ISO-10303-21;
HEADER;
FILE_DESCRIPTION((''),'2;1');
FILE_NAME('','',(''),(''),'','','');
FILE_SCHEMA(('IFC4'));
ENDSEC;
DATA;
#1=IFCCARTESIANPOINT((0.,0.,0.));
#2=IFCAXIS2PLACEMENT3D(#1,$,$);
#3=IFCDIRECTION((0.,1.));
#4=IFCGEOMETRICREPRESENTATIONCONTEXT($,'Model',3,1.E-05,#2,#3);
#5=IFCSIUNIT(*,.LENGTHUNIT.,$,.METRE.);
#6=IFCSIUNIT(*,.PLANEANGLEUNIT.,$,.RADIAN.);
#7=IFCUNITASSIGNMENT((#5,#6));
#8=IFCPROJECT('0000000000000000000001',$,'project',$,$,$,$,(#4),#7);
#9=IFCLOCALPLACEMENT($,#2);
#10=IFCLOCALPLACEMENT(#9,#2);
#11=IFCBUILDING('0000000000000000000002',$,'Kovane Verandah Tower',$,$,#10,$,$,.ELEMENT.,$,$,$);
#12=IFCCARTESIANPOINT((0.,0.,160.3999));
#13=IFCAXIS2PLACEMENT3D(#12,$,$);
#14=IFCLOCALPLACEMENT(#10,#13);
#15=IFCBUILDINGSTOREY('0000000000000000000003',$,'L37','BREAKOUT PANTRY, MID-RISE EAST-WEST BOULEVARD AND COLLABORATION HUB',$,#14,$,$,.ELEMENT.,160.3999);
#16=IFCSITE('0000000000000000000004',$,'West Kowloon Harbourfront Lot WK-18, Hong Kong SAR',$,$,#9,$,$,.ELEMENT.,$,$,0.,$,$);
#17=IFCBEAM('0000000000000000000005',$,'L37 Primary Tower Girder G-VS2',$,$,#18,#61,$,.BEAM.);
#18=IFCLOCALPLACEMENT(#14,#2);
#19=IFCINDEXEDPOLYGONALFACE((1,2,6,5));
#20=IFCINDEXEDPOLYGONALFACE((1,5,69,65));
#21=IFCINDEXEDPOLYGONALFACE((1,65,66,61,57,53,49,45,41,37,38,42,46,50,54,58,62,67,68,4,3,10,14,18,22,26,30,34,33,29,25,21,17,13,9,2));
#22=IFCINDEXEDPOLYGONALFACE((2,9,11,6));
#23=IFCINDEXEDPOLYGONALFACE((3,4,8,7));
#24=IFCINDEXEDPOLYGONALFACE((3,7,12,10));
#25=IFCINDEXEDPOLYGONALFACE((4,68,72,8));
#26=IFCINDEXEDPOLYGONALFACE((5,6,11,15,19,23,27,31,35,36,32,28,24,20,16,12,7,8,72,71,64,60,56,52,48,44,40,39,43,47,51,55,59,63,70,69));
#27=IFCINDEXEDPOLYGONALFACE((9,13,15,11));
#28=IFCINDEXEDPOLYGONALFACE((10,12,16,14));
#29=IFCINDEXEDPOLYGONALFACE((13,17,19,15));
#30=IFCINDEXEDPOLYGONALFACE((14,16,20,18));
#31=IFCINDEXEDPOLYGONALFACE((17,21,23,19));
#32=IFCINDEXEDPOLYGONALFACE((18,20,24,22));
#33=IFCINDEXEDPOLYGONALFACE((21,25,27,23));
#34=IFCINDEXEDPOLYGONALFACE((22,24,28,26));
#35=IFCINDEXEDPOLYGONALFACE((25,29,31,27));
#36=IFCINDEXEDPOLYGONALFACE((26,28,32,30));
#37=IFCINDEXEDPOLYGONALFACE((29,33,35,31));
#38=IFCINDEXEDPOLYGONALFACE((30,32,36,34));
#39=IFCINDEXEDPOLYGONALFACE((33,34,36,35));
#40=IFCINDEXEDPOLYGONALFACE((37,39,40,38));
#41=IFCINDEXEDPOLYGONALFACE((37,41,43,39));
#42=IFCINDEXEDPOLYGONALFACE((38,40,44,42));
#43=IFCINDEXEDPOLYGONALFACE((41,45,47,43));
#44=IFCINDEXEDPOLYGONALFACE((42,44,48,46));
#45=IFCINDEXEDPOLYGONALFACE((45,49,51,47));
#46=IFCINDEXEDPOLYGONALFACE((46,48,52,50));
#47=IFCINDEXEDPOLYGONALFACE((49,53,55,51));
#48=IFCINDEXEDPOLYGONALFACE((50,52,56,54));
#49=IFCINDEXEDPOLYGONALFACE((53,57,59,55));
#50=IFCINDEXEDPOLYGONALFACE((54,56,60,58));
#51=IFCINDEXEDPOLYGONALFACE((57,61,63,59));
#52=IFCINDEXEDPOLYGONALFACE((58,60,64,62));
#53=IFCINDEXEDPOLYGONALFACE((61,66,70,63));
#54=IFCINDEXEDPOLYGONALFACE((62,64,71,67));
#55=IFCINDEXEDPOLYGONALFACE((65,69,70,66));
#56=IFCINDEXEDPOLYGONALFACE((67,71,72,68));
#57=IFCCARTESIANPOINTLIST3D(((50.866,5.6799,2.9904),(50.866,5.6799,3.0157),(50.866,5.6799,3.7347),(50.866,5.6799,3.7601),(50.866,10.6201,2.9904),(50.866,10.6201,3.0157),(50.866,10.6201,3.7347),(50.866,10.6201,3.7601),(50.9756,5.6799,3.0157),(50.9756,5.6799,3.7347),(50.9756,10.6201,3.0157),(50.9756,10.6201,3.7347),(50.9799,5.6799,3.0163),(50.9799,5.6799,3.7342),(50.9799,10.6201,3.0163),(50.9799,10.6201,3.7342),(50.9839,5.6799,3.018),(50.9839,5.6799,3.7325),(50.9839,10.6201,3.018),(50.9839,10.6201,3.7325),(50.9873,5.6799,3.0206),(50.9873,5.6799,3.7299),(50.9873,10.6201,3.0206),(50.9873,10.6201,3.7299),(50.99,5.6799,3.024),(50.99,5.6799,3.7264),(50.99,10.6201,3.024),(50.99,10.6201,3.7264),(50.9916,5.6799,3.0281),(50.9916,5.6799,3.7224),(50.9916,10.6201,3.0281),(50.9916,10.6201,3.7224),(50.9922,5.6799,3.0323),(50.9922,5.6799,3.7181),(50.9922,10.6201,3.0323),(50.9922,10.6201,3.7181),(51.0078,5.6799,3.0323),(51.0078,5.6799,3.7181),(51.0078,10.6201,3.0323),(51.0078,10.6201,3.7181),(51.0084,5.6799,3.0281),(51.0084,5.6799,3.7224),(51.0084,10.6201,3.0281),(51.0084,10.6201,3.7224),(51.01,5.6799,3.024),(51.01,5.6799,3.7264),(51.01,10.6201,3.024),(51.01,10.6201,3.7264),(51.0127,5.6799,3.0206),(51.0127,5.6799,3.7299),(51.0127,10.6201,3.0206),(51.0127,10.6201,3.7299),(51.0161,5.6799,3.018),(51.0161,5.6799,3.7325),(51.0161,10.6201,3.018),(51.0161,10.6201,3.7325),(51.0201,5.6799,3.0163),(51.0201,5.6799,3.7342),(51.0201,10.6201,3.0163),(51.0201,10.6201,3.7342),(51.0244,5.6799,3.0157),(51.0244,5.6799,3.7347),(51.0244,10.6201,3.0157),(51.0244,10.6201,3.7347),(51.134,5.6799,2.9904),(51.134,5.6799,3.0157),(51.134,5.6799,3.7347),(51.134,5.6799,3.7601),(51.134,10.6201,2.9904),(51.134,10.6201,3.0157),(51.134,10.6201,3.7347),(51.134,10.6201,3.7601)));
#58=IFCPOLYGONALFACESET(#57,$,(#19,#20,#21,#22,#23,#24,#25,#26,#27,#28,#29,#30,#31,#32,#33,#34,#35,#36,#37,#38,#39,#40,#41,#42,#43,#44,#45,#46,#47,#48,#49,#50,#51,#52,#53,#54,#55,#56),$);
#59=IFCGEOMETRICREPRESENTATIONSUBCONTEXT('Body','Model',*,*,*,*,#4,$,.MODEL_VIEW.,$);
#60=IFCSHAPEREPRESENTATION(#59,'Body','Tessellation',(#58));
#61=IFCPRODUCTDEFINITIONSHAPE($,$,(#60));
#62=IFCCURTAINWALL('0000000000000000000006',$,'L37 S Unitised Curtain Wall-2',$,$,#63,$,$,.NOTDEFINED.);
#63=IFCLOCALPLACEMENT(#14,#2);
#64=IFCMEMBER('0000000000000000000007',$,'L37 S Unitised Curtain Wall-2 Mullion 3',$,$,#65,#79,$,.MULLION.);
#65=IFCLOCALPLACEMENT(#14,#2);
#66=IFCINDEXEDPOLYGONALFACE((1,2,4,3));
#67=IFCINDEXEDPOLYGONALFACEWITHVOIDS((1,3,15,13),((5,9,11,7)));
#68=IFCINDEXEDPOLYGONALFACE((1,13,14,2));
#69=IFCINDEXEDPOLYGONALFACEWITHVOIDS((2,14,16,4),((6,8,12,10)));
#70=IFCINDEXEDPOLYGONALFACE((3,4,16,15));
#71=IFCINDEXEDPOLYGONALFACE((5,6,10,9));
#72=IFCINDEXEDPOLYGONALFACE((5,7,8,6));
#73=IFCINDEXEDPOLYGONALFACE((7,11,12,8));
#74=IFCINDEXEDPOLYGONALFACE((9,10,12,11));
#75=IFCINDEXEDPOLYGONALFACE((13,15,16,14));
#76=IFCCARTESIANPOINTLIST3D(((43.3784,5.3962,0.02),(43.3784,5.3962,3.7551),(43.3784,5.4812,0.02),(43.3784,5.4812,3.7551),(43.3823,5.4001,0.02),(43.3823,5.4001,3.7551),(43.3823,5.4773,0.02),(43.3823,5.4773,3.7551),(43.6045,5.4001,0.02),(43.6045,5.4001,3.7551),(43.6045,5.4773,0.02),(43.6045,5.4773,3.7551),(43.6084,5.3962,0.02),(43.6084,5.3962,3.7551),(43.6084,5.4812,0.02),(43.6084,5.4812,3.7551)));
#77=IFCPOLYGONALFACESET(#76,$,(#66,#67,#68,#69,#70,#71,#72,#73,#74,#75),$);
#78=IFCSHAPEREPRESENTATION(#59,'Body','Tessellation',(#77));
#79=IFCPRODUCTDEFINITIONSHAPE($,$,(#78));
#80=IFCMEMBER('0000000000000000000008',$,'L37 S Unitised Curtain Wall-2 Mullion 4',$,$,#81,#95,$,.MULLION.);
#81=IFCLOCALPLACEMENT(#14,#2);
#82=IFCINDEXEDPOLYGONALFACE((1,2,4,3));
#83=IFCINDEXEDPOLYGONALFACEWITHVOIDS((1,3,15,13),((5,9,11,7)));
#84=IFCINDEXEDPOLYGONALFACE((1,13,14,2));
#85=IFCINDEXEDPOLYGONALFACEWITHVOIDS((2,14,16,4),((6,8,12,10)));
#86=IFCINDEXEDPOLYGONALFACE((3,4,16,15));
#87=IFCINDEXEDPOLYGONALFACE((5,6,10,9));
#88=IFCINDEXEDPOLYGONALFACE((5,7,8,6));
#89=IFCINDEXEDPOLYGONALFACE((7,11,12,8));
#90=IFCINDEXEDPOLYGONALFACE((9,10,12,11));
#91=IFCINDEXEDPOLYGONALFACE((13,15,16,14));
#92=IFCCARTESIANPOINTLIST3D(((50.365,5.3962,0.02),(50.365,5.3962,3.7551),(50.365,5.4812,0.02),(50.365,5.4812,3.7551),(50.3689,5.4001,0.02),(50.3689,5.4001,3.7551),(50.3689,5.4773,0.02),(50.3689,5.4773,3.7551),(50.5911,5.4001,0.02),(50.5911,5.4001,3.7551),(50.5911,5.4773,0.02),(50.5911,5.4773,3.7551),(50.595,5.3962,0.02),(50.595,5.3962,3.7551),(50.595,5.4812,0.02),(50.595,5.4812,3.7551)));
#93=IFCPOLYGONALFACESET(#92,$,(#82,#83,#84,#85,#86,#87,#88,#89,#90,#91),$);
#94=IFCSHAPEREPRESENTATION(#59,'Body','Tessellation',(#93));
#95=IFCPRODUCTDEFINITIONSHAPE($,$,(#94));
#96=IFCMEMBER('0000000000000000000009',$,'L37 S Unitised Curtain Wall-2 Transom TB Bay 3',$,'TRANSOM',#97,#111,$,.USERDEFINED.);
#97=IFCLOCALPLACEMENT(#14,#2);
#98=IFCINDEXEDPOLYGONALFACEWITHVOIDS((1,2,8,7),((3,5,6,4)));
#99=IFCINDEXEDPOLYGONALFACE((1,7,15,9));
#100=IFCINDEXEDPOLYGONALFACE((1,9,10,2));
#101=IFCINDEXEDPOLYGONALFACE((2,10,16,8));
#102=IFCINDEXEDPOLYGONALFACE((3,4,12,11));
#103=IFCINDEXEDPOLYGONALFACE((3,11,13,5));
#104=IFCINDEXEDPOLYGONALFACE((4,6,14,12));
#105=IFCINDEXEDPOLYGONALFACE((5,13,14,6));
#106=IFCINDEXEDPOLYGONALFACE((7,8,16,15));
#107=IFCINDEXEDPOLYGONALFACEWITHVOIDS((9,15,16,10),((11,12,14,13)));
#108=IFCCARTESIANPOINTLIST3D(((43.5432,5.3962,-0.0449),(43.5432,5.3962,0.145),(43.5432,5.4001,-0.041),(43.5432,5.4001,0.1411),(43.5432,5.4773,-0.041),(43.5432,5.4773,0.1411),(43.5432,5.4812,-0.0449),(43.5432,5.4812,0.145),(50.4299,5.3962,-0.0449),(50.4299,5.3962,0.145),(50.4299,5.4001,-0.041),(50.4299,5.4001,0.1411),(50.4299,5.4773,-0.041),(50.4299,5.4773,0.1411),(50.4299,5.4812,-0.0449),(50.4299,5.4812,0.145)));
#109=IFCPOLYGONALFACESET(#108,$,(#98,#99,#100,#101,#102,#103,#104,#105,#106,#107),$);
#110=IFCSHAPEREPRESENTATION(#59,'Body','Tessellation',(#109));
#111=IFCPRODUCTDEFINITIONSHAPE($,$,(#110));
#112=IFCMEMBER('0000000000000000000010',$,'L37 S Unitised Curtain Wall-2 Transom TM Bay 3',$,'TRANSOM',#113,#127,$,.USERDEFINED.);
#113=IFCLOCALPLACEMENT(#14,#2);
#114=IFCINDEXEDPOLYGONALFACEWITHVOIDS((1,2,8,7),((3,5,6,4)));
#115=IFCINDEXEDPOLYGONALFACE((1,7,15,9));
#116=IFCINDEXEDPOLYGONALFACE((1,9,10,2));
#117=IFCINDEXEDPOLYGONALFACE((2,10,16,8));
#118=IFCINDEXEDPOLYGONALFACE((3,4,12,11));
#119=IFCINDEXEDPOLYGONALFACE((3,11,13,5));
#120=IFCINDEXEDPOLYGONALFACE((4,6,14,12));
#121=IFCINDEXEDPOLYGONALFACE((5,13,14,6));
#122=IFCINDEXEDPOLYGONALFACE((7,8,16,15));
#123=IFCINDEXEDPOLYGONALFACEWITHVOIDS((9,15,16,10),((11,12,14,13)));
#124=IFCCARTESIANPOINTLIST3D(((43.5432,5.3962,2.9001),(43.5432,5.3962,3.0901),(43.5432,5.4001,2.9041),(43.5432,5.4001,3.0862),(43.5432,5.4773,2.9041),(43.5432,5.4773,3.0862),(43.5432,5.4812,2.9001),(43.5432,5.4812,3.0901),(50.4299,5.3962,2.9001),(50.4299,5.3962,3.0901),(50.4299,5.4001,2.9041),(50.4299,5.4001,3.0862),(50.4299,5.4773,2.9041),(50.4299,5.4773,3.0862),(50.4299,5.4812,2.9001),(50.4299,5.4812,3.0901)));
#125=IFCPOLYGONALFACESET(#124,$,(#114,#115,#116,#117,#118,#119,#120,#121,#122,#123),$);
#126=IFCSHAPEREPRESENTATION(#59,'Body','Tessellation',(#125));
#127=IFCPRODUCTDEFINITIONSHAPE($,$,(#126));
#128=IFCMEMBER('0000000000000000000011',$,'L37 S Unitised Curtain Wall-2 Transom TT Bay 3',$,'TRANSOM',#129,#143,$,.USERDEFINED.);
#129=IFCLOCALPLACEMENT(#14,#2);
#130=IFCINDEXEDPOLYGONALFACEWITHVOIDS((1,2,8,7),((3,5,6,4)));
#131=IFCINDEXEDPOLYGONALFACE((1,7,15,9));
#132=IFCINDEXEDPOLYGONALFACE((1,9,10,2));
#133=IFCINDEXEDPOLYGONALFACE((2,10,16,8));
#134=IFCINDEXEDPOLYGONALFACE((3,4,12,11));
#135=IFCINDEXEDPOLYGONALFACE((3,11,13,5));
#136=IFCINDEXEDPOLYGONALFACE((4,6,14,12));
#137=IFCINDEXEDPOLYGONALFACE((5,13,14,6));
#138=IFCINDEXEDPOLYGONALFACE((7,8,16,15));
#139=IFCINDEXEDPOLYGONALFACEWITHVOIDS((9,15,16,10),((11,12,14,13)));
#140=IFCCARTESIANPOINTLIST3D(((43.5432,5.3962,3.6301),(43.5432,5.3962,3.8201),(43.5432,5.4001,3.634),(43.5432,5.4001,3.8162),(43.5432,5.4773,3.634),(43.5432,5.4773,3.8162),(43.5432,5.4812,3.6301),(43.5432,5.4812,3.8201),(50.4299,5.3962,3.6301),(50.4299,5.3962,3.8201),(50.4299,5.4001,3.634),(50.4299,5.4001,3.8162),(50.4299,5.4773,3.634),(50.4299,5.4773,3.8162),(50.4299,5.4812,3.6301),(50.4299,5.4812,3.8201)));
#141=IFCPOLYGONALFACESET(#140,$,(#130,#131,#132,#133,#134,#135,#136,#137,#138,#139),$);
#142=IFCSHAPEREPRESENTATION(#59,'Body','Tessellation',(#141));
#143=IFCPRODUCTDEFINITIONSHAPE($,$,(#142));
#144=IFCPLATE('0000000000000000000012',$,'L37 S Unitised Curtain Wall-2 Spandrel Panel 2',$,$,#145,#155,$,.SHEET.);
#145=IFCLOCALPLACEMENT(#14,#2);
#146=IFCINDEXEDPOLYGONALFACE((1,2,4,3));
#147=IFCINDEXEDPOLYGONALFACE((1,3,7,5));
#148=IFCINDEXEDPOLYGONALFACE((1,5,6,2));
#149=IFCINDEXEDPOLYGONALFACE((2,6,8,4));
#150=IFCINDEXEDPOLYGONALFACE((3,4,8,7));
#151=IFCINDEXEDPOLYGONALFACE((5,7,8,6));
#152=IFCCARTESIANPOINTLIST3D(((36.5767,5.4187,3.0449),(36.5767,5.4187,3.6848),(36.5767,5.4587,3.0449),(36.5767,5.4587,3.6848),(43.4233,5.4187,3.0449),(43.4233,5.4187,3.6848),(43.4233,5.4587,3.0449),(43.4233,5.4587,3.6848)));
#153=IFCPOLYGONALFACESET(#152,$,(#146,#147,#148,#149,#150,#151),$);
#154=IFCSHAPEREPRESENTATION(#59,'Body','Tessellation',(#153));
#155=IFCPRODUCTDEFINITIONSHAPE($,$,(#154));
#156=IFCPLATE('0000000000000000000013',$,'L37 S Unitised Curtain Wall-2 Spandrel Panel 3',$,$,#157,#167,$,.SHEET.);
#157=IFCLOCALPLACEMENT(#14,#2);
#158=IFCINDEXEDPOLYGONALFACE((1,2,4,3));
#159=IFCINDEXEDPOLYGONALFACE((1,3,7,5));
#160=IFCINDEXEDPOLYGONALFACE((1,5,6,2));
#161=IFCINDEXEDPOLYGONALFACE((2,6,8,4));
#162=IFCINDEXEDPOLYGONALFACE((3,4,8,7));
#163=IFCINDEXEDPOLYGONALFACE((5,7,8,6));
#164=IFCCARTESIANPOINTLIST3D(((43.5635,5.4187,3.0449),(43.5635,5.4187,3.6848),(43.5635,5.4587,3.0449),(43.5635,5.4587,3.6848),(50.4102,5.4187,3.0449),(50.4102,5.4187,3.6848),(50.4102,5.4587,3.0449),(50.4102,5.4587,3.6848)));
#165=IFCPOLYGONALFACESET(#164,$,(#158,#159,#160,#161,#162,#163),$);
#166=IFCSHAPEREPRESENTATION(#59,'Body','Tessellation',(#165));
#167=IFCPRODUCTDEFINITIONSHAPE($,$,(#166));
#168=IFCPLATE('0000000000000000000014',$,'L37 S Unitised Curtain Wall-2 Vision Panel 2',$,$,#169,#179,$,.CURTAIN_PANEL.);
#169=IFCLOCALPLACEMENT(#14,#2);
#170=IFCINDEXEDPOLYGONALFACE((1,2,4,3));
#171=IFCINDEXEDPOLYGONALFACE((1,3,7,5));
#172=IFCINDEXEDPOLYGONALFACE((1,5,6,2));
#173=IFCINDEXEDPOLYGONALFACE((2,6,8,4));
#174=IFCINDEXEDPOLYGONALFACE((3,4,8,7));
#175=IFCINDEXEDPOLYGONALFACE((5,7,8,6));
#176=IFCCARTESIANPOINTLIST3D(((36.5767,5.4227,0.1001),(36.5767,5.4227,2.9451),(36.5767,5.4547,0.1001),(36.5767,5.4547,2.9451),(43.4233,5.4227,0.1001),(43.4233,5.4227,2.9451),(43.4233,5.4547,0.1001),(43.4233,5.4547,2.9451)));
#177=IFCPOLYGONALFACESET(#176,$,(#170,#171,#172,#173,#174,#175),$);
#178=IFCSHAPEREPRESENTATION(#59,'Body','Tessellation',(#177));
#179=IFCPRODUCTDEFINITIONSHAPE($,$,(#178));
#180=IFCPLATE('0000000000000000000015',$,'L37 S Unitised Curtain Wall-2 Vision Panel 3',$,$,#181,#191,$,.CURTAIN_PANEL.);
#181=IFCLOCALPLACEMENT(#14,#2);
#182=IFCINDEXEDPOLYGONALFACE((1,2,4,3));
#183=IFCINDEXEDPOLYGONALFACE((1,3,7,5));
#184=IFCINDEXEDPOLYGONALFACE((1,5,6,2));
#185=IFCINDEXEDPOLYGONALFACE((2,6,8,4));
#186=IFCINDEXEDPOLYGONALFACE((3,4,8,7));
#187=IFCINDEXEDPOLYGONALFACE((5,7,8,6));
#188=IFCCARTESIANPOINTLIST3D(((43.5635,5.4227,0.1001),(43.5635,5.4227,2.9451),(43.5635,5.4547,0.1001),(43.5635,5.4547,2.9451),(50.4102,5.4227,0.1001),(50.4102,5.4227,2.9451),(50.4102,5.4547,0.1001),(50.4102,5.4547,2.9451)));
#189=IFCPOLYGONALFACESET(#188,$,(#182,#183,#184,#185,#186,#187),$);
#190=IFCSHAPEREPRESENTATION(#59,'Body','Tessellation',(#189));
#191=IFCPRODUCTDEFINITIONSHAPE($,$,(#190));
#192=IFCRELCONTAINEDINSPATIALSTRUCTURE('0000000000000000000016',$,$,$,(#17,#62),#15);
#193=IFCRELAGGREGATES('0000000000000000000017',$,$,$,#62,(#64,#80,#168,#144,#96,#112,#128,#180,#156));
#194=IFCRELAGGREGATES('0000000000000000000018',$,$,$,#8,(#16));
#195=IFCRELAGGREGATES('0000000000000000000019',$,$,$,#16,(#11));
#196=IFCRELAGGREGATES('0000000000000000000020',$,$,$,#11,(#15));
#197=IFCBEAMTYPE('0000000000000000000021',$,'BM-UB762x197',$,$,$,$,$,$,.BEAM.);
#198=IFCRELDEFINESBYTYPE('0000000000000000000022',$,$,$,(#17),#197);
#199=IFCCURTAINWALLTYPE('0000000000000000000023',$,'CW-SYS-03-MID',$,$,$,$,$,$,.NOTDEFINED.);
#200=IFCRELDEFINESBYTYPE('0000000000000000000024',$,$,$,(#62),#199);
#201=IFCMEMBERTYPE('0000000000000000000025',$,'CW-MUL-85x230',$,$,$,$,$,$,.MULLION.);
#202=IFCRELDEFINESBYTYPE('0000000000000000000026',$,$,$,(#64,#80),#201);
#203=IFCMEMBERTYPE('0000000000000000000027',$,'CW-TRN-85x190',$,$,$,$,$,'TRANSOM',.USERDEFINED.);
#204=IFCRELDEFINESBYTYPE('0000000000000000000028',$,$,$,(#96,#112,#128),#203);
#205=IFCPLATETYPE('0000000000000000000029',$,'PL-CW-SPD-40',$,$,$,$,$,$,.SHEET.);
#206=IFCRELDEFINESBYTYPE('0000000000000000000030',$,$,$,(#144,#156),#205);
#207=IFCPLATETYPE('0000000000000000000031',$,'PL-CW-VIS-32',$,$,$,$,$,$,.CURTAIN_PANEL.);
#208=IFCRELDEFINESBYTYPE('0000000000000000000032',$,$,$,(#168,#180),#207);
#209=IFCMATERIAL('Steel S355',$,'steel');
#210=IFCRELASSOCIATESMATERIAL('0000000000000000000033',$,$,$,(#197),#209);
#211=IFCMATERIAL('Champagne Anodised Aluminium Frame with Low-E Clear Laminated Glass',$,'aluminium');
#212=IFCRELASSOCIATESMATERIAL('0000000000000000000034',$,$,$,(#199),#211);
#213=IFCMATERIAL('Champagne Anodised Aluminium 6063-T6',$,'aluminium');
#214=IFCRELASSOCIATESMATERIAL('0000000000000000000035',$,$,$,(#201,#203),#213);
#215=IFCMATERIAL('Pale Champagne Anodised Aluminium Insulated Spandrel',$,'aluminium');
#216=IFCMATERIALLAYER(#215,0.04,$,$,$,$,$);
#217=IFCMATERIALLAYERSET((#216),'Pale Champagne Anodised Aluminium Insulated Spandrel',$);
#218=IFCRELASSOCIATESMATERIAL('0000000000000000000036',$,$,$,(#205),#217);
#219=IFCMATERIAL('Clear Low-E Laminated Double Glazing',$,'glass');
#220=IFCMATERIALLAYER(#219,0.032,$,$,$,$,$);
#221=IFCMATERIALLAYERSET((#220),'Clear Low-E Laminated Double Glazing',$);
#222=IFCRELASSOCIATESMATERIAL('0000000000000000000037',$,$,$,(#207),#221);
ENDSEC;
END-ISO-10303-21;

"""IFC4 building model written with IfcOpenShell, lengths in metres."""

from ifc_helpers import new_model, si_unit, direction, frame, origin, origin_2d, place, context, subcontext, project, spatial, rectangle, hollow_rectangle, i_section, extrude, material, layer, layer_set, material_profile, profile_set, type_object, element, aggregate, save


model = new_model("IFC4")

# Units and contexts
model_context = context("Model", 3, precision=1e-05, world=origin(), true_north=direction((0.0, 1.0)))
body_context = subcontext(model_context, "Body", "Model", "MODEL_VIEW")
ifc_project = project(units=[si_unit("LENGTHUNIT", "METRE"), si_unit("PLANEANGLEUNIT", "RADIAN")], contexts=[model_context])

# Site, building, storey
site_placement = place(None, origin())
site = spatial("IfcSite", under=ifc_project, at=site_placement, Name="West Kowloon Harbourfront Lot WK-18, Hong Kong SAR", CompositionType="ELEMENT", RefElevation=0.0)
building_placement = place(site_placement, origin())
building = spatial("IfcBuilding", under=site, at=building_placement, Name="Kovane Verandah Tower", CompositionType="ELEMENT")
storey_placement = place(building_placement, frame((0.0, 0.0, 160.3999)))
storey = spatial("IfcBuildingStorey", under=building, at=storey_placement, Name="L37", Description="BREAKOUT PANTRY, MID-RISE EAST-WEST BOULEVARD AND COLLABORATION HUB", CompositionType="ELEMENT", Elevation=160.3999)

# Beam
ifc_material_1 = material(Name="Steel S355", Category="steel")
ifc_material_profile_1 = material_profile(ifc_material_1, i_section(OverallWidth=0.2681, OverallDepth=0.7698, WebThickness=0.0156, FlangeThickness=0.0254, FilletRadius=0.0166, at=origin_2d()), Name="UB762x267x197")
ifc_profile_set_1 = profile_set([ifc_material_profile_1], Name="Steel S355")
beam_type = type_object("IfcBeamType", Name="BM-UB762x197", PredefinedType="BEAM", material=ifc_profile_set_1)
beam_1_placement = place(storey_placement, frame((51.0, 10.6201, 3.3752), z_axis=(0.0, -1.0, 0.0), x_axis=(1.0, 0.0, 0.0)))
element("IfcBeam", 1, at=beam_1_placement, inside=storey, type_object=beam_type, Name="L37 Primary Tower Girder G-VS2", PredefinedType="BEAM", context=body_context, shape_type="SweptSolid", body=[
    extrude(i_section(OverallWidth=0.2681, OverallDepth=0.7698, WebThickness=0.0156, FlangeThickness=0.0254, FilletRadius=0.0166, at=origin_2d()), origin(), (0.0, 0.0, 1.0), 4.9402),
])

# Curtain wall, members, plates
ifc_material_2 = material(Name="Champagne Anodised Aluminium Frame with Low-E Clear Laminated Glass", Category="aluminium")
curtain_wall_type = type_object("IfcCurtainWallType", Name="CW-SYS-03-MID", PredefinedType="NOTDEFINED", material=ifc_material_2)
curtain_wall_placement = place(storey_placement, origin())
curtain_wall = element("IfcCurtainWall", 2, at=curtain_wall_placement, inside=storey, type_object=curtain_wall_type, Name="L37 S Unitised Curtain Wall-2", PredefinedType="NOTDEFINED")
ifc_material_3 = material(Name="Champagne Anodised Aluminium 6063-T6", Category="aluminium")
ifc_material_profile_2 = material_profile(ifc_material_3, hollow_rectangle(XDim=0.085, YDim=0.23, WallThickness=0.0039, at=origin_2d()), Name="AL85x230x4")
ifc_profile_set_2 = profile_set([ifc_material_profile_2], Name="Champagne Anodised Aluminium 6063-T6")
member_type_1 = type_object("IfcMemberType", Name="CW-MUL-85x230", PredefinedType="MULLION", material=ifc_profile_set_2)
member_1_placement = place(storey_placement, frame((43.4934, 5.4387, 0.02), z_axis=(0.0, 0.0, 1.0), x_axis=(0.0, -1.0, 0.0)))
member_1 = element("IfcMember", 3, at=member_1_placement, type_object=member_type_1, Name="L37 S Unitised Curtain Wall-2 Mullion 3", PredefinedType="MULLION", context=body_context, shape_type="SweptSolid", body=[
    extrude(hollow_rectangle(XDim=0.085, YDim=0.23, WallThickness=0.0039, at=origin_2d()), origin(), (0.0, 0.0, 1.0), 3.7351),
])
member_2_placement = place(storey_placement, frame((50.48, 5.4387, 0.02), z_axis=(0.0, 0.0, 1.0), x_axis=(0.0, -1.0, 0.0)))
member_2 = element("IfcMember", 4, at=member_2_placement, type_object=member_type_1, Name="L37 S Unitised Curtain Wall-2 Mullion 4", PredefinedType="MULLION", context=body_context, shape_type="SweptSolid", body=[
    extrude(hollow_rectangle(XDim=0.085, YDim=0.23, WallThickness=0.0039, at=origin_2d()), origin(), (0.0, 0.0, 1.0), 3.7351),
])
ifc_material_profile_3 = material_profile(ifc_material_3, hollow_rectangle(XDim=0.085, YDim=0.1899, WallThickness=0.0039, at=origin_2d()), Name="AL85x190x4")
ifc_profile_set_3 = profile_set([ifc_material_profile_3], Name="Champagne Anodised Aluminium 6063-T6")
member_type_2 = type_object("IfcMemberType", Name="CW-TRN-85x190", ElementType="TRANSOM", PredefinedType="USERDEFINED", material=ifc_profile_set_3)
member_3_placement = place(storey_placement, frame((43.5432, 5.4387, 0.05), z_axis=(1.0, 0.0, 0.0), x_axis=(0.0, 1.0, 0.0)))
member_3 = element("IfcMember", 5, at=member_3_placement, type_object=member_type_2, Name="L37 S Unitised Curtain Wall-2 Transom TB Bay 3", ObjectType="TRANSOM", PredefinedType="USERDEFINED", context=body_context, shape_type="SweptSolid", body=[
    extrude(hollow_rectangle(XDim=0.085, YDim=0.1899, WallThickness=0.0039, at=origin_2d()), origin(), (0.0, 0.0, 1.0), 6.8867),
])
member_4_placement = place(storey_placement, frame((43.5432, 5.4387, 2.9951), z_axis=(1.0, 0.0, 0.0), x_axis=(0.0, 1.0, 0.0)))
member_4 = element("IfcMember", 6, at=member_4_placement, type_object=member_type_2, Name="L37 S Unitised Curtain Wall-2 Transom TM Bay 3", ObjectType="TRANSOM", PredefinedType="USERDEFINED", context=body_context, shape_type="SweptSolid", body=[
    extrude(hollow_rectangle(XDim=0.085, YDim=0.1899, WallThickness=0.0039, at=origin_2d()), origin(), (0.0, 0.0, 1.0), 6.8867),
])
member_5_placement = place(storey_placement, frame((43.5432, 5.4387, 3.7251), z_axis=(1.0, 0.0, 0.0), x_axis=(0.0, 1.0, 0.0)))
member_5 = element("IfcMember", 7, at=member_5_placement, type_object=member_type_2, Name="L37 S Unitised Curtain Wall-2 Transom TT Bay 3", ObjectType="TRANSOM", PredefinedType="USERDEFINED", context=body_context, shape_type="SweptSolid", body=[
    extrude(hollow_rectangle(XDim=0.085, YDim=0.1899, WallThickness=0.0039, at=origin_2d()), origin(), (0.0, 0.0, 1.0), 6.8867),
])
ifc_material_4 = material(Name="Pale Champagne Anodised Aluminium Insulated Spandrel", Category="aluminium")
ifc_layer_1 = layer(ifc_material_4, 0.04)
ifc_layer_set_1 = layer_set([ifc_layer_1], Name="Pale Champagne Anodised Aluminium Insulated Spandrel")
plate_type_1 = type_object("IfcPlateType", Name="PL-CW-SPD-40", PredefinedType="SHEET", material=ifc_layer_set_1)
plate_1_placement = place(storey_placement, frame((40.0, 5.4387, 3.0449), z_axis=(0.0, 0.0, 1.0), x_axis=(1.0, 0.0, 0.0)))
plate_1 = element("IfcPlate", 8, at=plate_1_placement, type_object=plate_type_1, Name="L37 S Unitised Curtain Wall-2 Spandrel Panel 2", PredefinedType="SHEET", context=body_context, shape_type="SweptSolid", body=[
    extrude(rectangle(XDim=6.8467, YDim=0.04, at=origin_2d()), origin(), (0.0, 0.0, 1.0), 0.6399),
])
plate_2_placement = place(storey_placement, frame((46.9868, 5.4387, 3.0449), z_axis=(0.0, 0.0, 1.0), x_axis=(1.0, 0.0, 0.0)))
plate_2 = element("IfcPlate", 9, at=plate_2_placement, type_object=plate_type_1, Name="L37 S Unitised Curtain Wall-2 Spandrel Panel 3", PredefinedType="SHEET", context=body_context, shape_type="SweptSolid", body=[
    extrude(rectangle(XDim=6.8467, YDim=0.04, at=origin_2d()), origin(), (0.0, 0.0, 1.0), 0.6399),
])
ifc_material_5 = material(Name="Clear Low-E Laminated Double Glazing", Category="glass")
ifc_layer_2 = layer(ifc_material_5, 0.032)
ifc_layer_set_2 = layer_set([ifc_layer_2], Name="Clear Low-E Laminated Double Glazing")
plate_type_2 = type_object("IfcPlateType", Name="PL-CW-VIS-32", PredefinedType="CURTAIN_PANEL", material=ifc_layer_set_2)
plate_3_placement = place(storey_placement, frame((40.0, 5.4387, 0.1001), z_axis=(0.0, 0.0, 1.0), x_axis=(1.0, 0.0, 0.0)))
plate_3 = element("IfcPlate", 10, at=plate_3_placement, type_object=plate_type_2, Name="L37 S Unitised Curtain Wall-2 Vision Panel 2", PredefinedType="CURTAIN_PANEL", context=body_context, shape_type="SweptSolid", body=[
    extrude(rectangle(XDim=6.8467, YDim=0.032, at=origin_2d()), origin(), (0.0, 0.0, 1.0), 2.845),
])
plate_4_placement = place(storey_placement, frame((46.9868, 5.4387, 0.1001), z_axis=(0.0, 0.0, 1.0), x_axis=(1.0, 0.0, 0.0)))
plate_4 = element("IfcPlate", 11, at=plate_4_placement, type_object=plate_type_2, Name="L37 S Unitised Curtain Wall-2 Vision Panel 3", PredefinedType="CURTAIN_PANEL", context=body_context, shape_type="SweptSolid", body=[
    extrude(rectangle(XDim=6.8467, YDim=0.032, at=origin_2d()), origin(), (0.0, 0.0, 1.0), 2.845),
])
aggregate(curtain_wall, [member_1, member_2, plate_3, plate_1, member_3, member_4, member_5, plate_4, plate_2])

save(model, "model.ifc")
